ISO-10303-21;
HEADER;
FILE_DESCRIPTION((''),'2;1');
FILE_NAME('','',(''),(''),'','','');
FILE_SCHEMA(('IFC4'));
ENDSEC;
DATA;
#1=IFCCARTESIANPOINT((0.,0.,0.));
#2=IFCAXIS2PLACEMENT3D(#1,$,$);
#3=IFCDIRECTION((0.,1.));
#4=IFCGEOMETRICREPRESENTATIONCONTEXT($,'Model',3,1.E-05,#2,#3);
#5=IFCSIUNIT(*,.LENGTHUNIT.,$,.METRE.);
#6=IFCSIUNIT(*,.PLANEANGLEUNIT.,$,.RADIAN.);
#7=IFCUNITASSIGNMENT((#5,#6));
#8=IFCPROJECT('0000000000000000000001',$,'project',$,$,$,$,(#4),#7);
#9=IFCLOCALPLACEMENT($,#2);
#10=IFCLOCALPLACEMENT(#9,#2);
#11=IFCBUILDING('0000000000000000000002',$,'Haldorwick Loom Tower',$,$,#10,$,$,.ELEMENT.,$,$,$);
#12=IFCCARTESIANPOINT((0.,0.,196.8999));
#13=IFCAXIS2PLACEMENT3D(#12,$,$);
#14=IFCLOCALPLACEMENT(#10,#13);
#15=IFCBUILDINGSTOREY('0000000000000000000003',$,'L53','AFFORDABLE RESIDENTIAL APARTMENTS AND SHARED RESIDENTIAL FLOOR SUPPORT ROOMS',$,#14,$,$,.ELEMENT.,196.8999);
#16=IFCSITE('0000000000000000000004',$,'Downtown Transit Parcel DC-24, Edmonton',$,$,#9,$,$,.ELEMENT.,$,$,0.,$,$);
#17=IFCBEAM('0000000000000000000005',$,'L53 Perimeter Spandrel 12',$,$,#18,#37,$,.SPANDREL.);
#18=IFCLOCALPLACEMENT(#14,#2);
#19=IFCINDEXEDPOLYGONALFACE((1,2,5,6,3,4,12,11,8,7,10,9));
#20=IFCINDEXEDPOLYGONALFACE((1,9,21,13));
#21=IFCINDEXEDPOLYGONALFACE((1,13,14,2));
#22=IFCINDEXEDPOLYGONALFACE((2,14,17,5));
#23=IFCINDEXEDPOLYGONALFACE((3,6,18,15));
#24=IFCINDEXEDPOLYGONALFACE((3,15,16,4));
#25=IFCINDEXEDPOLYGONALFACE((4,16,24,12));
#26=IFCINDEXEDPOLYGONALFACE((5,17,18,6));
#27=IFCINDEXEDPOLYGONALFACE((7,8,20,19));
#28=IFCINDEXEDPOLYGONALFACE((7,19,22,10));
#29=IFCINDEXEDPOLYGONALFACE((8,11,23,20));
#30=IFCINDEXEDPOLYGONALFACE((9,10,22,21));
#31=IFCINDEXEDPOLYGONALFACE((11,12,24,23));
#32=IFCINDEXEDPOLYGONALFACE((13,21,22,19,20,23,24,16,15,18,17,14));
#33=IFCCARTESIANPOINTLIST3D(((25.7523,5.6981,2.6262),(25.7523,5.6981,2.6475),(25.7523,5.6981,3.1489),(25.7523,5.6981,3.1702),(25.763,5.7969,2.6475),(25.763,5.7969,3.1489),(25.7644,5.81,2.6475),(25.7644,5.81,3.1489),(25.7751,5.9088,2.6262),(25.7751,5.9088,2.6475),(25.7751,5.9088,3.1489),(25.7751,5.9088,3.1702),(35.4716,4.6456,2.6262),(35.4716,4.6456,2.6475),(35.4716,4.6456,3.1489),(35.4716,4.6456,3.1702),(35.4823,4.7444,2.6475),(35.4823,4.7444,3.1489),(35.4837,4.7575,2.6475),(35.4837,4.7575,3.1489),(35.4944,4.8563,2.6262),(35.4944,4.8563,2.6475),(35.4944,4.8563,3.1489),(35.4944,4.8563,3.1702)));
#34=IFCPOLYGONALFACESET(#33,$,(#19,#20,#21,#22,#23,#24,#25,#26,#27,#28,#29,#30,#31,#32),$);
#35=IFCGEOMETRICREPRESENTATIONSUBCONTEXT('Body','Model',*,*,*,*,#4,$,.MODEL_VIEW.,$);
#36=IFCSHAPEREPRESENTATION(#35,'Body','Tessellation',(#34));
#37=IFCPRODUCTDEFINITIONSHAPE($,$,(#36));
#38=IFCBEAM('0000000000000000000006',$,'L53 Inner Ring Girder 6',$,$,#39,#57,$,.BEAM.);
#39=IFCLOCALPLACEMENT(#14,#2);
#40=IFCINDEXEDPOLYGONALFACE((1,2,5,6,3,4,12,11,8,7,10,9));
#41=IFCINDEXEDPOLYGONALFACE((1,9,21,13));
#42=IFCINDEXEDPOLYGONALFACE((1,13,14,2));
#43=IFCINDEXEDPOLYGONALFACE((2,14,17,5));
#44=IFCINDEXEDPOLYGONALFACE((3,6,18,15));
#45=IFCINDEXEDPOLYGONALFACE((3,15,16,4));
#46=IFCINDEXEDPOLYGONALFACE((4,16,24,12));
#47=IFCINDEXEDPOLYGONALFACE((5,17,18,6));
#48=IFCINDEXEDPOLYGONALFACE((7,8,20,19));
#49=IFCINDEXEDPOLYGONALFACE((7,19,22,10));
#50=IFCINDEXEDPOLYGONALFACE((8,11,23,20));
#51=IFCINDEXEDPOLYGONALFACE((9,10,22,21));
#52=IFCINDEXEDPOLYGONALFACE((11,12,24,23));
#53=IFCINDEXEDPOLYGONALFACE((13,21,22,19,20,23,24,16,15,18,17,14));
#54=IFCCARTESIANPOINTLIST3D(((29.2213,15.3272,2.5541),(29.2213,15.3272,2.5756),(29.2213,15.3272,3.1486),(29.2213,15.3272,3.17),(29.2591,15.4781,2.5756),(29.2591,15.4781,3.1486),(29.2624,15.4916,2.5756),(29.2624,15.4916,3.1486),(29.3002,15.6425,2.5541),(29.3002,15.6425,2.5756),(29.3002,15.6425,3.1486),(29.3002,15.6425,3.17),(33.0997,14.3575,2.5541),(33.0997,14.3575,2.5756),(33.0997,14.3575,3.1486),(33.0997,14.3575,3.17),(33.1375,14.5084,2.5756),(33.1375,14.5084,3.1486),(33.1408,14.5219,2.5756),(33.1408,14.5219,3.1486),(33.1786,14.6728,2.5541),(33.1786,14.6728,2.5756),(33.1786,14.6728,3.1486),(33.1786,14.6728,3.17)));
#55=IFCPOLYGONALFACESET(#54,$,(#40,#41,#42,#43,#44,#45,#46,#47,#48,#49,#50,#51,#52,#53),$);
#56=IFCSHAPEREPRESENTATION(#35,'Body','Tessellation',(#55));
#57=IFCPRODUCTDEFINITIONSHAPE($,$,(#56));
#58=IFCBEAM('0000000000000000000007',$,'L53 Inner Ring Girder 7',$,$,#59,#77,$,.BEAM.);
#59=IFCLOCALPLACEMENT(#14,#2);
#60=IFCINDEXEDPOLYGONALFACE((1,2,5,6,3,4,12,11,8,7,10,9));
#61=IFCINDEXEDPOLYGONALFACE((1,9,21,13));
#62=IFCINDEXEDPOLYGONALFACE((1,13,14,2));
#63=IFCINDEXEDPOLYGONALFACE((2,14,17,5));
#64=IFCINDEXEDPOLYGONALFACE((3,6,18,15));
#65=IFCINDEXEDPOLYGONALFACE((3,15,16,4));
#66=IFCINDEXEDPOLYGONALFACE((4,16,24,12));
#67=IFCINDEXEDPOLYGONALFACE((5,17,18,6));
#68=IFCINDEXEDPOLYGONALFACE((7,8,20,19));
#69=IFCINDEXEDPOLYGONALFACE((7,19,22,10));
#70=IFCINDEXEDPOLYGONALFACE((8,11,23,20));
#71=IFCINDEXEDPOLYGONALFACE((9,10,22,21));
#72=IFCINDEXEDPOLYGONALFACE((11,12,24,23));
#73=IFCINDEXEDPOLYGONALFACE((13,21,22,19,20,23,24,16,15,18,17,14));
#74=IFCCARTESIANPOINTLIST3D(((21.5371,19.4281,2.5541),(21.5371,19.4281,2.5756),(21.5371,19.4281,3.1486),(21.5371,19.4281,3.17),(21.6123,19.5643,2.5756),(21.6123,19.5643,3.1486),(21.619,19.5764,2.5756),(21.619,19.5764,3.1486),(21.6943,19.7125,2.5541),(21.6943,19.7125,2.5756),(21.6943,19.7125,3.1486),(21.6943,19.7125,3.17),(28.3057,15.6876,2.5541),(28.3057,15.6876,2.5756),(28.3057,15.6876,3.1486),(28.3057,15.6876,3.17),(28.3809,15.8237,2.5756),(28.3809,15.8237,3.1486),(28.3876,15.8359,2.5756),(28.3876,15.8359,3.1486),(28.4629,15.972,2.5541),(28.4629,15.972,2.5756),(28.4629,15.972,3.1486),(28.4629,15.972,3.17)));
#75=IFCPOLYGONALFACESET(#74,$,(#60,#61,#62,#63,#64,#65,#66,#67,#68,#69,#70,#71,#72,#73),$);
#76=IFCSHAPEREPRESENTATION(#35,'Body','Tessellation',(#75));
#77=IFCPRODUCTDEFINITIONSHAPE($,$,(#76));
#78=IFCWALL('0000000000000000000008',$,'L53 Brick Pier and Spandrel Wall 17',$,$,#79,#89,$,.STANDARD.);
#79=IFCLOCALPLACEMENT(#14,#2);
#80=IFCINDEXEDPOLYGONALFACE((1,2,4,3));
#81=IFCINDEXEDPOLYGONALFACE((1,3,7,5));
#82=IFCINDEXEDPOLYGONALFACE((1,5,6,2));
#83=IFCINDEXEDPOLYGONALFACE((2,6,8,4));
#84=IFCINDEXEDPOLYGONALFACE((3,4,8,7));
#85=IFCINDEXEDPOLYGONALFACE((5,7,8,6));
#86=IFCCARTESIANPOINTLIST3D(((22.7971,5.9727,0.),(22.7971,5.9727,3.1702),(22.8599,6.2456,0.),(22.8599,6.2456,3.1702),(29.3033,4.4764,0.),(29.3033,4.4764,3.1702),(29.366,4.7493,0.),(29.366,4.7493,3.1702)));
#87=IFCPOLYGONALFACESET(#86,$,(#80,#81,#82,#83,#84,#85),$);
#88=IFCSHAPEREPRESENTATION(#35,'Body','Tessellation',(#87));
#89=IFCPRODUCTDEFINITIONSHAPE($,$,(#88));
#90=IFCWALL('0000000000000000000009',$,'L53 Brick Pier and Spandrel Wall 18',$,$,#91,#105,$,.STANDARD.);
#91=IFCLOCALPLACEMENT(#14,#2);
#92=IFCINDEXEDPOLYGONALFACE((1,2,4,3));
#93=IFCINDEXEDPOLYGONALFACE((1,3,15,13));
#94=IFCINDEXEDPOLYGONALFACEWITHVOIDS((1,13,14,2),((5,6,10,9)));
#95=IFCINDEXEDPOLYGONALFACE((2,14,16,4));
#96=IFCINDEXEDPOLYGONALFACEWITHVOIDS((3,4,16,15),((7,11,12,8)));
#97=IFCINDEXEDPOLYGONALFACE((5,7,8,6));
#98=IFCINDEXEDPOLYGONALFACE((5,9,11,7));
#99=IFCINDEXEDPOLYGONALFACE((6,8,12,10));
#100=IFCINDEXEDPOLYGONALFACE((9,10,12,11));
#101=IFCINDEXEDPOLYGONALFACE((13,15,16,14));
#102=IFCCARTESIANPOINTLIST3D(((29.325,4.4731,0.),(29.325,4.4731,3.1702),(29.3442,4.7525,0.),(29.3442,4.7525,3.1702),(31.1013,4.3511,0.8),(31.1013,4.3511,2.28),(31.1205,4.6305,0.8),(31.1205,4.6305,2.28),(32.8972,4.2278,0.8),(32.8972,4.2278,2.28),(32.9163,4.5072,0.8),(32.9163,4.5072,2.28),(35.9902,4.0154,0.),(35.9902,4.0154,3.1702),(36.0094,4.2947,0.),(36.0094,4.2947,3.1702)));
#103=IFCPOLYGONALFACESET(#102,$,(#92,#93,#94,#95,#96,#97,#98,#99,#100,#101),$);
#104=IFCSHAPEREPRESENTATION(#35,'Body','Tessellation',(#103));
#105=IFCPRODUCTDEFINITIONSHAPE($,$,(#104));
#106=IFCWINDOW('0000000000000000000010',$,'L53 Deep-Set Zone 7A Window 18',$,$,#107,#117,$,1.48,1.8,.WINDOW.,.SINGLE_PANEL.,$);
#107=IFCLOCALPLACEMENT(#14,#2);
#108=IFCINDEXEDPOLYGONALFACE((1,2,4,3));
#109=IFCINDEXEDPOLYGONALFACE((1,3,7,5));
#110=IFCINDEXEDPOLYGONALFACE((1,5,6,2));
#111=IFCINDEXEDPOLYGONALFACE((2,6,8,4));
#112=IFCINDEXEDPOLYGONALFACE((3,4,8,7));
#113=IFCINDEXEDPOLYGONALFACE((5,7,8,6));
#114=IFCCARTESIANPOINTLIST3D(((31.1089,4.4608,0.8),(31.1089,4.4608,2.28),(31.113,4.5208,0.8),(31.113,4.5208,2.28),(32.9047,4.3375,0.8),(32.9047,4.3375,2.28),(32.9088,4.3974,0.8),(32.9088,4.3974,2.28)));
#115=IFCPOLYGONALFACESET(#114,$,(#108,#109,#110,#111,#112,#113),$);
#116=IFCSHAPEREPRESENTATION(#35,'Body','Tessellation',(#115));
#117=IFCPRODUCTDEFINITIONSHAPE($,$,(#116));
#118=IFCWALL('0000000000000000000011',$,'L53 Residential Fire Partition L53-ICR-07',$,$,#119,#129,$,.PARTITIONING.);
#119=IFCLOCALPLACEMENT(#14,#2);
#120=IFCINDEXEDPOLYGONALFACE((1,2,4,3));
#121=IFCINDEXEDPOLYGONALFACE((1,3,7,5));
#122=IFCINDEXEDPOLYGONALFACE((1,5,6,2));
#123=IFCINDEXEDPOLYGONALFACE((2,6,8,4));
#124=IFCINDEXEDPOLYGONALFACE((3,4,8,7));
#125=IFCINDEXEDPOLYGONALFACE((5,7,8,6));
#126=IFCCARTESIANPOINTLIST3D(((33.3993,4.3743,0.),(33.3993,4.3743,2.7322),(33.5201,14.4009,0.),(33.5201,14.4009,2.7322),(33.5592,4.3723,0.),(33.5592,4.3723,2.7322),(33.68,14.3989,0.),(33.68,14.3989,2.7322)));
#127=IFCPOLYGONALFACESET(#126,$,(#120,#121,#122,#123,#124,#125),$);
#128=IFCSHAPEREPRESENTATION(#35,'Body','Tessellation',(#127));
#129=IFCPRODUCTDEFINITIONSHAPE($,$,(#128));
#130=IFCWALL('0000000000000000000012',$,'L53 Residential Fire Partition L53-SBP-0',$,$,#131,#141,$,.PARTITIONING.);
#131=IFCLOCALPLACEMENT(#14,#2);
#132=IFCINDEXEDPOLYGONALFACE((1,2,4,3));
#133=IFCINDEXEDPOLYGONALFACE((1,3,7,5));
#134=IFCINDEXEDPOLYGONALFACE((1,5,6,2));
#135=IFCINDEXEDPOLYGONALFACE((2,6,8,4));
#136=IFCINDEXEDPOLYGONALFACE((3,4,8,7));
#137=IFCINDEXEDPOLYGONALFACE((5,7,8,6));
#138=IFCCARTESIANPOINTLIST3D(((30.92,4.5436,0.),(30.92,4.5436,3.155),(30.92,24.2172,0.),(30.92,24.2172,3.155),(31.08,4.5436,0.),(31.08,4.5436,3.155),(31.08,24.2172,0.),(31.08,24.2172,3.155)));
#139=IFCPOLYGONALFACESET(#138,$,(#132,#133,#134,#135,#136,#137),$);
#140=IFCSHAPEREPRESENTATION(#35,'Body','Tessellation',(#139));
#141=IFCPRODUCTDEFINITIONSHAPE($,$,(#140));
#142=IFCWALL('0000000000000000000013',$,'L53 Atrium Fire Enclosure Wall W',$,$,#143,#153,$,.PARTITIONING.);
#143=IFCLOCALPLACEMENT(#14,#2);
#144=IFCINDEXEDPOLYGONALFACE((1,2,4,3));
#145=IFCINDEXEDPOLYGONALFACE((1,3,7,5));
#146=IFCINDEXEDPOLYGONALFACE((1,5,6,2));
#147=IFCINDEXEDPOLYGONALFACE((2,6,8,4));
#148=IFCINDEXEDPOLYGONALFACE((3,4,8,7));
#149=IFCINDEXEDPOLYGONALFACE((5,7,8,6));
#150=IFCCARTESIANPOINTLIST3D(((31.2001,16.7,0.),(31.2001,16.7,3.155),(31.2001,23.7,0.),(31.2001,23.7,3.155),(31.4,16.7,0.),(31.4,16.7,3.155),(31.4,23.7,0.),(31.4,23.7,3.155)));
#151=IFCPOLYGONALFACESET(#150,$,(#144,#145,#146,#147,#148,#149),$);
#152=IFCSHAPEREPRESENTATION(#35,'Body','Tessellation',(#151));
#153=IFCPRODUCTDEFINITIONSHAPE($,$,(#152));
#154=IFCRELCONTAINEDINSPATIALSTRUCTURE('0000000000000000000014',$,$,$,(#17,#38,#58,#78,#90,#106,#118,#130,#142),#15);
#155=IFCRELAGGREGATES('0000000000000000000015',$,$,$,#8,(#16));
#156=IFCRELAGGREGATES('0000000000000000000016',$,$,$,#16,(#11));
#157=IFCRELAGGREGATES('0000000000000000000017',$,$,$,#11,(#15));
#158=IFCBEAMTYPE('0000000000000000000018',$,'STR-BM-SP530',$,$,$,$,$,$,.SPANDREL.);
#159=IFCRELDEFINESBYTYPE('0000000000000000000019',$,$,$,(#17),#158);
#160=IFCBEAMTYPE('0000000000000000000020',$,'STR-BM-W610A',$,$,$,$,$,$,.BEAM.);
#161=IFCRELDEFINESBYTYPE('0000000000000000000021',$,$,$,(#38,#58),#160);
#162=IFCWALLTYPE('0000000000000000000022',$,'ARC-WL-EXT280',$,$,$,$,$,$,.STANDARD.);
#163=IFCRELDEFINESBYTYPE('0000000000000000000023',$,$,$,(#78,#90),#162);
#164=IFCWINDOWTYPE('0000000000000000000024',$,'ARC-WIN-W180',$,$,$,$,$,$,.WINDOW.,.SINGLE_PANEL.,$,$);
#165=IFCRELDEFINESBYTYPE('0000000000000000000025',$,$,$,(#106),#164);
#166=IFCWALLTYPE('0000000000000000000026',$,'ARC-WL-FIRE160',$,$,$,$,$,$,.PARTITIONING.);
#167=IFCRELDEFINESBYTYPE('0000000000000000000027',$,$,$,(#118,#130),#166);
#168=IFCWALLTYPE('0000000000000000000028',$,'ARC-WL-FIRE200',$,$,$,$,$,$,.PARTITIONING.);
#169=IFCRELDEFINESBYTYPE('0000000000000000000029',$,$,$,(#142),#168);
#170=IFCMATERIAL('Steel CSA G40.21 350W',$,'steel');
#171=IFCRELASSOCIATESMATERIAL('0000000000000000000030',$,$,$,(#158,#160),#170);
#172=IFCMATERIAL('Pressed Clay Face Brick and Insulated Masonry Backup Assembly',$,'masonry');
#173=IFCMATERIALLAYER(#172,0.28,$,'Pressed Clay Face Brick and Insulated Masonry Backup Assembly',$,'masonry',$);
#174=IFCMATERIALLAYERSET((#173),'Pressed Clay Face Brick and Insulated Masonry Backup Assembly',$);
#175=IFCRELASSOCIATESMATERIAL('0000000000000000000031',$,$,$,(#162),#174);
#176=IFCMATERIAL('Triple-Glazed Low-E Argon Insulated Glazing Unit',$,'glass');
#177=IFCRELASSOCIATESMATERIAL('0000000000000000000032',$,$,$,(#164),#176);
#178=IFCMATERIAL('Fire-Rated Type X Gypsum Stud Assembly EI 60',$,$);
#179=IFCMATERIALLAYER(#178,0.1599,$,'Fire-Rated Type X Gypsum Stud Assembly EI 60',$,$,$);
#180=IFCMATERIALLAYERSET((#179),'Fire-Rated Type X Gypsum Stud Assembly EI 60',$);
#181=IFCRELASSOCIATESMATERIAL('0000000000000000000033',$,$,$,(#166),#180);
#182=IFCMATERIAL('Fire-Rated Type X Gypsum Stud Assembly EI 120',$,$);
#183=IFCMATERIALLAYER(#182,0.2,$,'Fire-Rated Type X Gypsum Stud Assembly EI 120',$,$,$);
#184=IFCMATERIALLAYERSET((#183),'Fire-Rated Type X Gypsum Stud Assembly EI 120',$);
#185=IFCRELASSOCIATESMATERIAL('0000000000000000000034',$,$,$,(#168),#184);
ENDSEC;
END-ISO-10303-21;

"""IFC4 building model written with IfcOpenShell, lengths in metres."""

from ifc_helpers import new_model, si_unit, direction, frame, frame_2d, origin, origin_2d, place, context, subcontext, project, spatial, rectangle, i_section, extrude, material, layer, layer_set, material_profile, profile_set, type_object, element, fill, save


model = new_model("IFC4")

# Units and contexts
model_context = context("Model", 3, precision=1e-05, world=origin(), true_north=direction((0.0, 1.0)))
body_context = subcontext(model_context, "Body", "Model", "MODEL_VIEW")
ifc_project = project(units=[si_unit("LENGTHUNIT", "METRE"), si_unit("PLANEANGLEUNIT", "RADIAN")], contexts=[model_context])

# Site, building, storey
site_placement = place(None, origin())
site = spatial("IfcSite", under=ifc_project, at=site_placement, Name="Downtown Transit Parcel DC-24, Edmonton", CompositionType="ELEMENT", RefElevation=0.0)
building_placement = place(site_placement, origin())
building = spatial("IfcBuilding", under=site, at=building_placement, Name="Haldorwick Loom Tower", CompositionType="ELEMENT")
storey_placement = place(building_placement, frame((0.0, 0.0, 196.8999)))
storey = spatial("IfcBuildingStorey", under=building, at=storey_placement, Name="L53", Description="AFFORDABLE RESIDENTIAL APARTMENTS AND SHARED RESIDENTIAL FLOOR SUPPORT ROOMS", CompositionType="ELEMENT", Elevation=196.8999)

# Beams
ifc_material_1 = material(Name="Steel CSA G40.21 350W", Category="steel")
ifc_material_profile_1 = material_profile(ifc_material_1, i_section(OverallWidth=0.2119, OverallDepth=0.5439, WebThickness=0.0132, FlangeThickness=0.0212, at=origin_2d()), Name="W530X123", Category="steel")
ifc_profile_set_1 = profile_set([ifc_material_profile_1], Name="Steel CSA G40.21 350W")
beam_type_1 = type_object("IfcBeamType", Name="STR-BM-SP530", PredefinedType="SPANDREL", material=ifc_profile_set_1)
beam_1_placement = place(storey_placement, frame((25.7637, 5.8035, 2.8982), z_axis=(0.994188, -0.10766, 0.0), x_axis=(0.10766, 0.994188, 0.0)))
element("IfcBeam", 1, at=beam_1_placement, inside=storey, type_object=beam_type_1, Name="L53 Perimeter Spandrel 12", PredefinedType="SPANDREL", context=body_context, shape_type="SweptSolid", body=[
    extrude(i_section(OverallWidth=0.2119, OverallDepth=0.5439, WebThickness=0.0132, FlangeThickness=0.0212, at=origin_2d()), origin(), (0.0, 0.0, 1.0), 9.7761),
])
ifc_material_profile_2 = material_profile(ifc_material_1, i_section(OverallWidth=0.325, OverallDepth=0.616, WebThickness=0.0139, FlangeThickness=0.0215, at=origin_2d()), Name="W610X174", Category="steel")
ifc_profile_set_2 = profile_set([ifc_material_profile_2], Name="Steel CSA G40.21 350W")
beam_type_2 = type_object("IfcBeamType", Name="STR-BM-W610A", PredefinedType="BEAM", material=ifc_profile_set_2)
beam_2_placement = place(storey_placement, frame((33.1392, 14.5151, 2.8621), z_axis=(-0.970135, 0.242564, 0.0), x_axis=(-0.242564, -0.970135, 0.0)))
element("IfcBeam", 2, at=beam_2_placement, inside=storey, type_object=beam_type_2, Name="L53 Inner Ring Girder 6", PredefinedType="BEAM", context=body_context, shape_type="SweptSolid", body=[
    extrude(i_section(OverallWidth=0.325, OverallDepth=0.616, WebThickness=0.0139, FlangeThickness=0.0215, at=origin_2d()), origin(), (0.0, 0.0, 1.0), 3.9978),
])
beam_3_placement = place(storey_placement, frame((28.3843, 15.8298, 2.8621), z_axis=(-0.875244, 0.483682, 0.0), x_axis=(-0.483682, -0.875244, 0.0)))
element("IfcBeam", 3, at=beam_3_placement, inside=storey, type_object=beam_type_2, Name="L53 Inner Ring Girder 7", PredefinedType="BEAM", context=body_context, shape_type="SweptSolid", body=[
    extrude(i_section(OverallWidth=0.325, OverallDepth=0.616, WebThickness=0.0139, FlangeThickness=0.0215, at=origin_2d()), origin(), (0.0, 0.0, 1.0), 7.7334),
])

# Wall
ifc_material_2 = material(Name="Pressed Clay Face Brick and Insulated Masonry Backup Assembly", Category="masonry")
ifc_layer_1 = layer(ifc_material_2, 0.28, Name="Pressed Clay Face Brick and Insulated Masonry Backup Assembly", Category="masonry")
ifc_layer_set_1 = layer_set([ifc_layer_1], Name="Pressed Clay Face Brick and Insulated Masonry Backup Assembly")
wall_type_1 = type_object("IfcWallType", Name="ARC-WL-EXT280", PredefinedType="STANDARD", material=ifc_layer_set_1)
wall_1_placement = place(storey_placement, frame((22.8286, 6.1091, 0.0), z_axis=(0.0, 0.0, 1.0), x_axis=(0.974557, -0.224138, 0.0)))
element("IfcWall", 4, at=wall_1_placement, inside=storey, type_object=wall_type_1, Name="L53 Brick Pier and Spandrel Wall 17", PredefinedType="STANDARD", context=body_context, shape_type="SweptSolid", body=[
    extrude(rectangle(XDim=6.676, YDim=0.28, at=frame_2d((3.3379, 0.0))), origin(), (0.0, 0.0, 1.0), 3.1702),
])

# Wall, opening, window
wall_2_placement = place(storey_placement, frame((29.3347, 4.6128, 0.0), z_axis=(0.0, 0.0, 1.0), x_axis=(0.99765, -0.068517, 0.0)))
wall_2 = element("IfcWall", 5, at=wall_2_placement, inside=storey, type_object=wall_type_1, Name="L53 Brick Pier and Spandrel Wall 18", PredefinedType="STANDARD", context=body_context, shape_type="SweptSolid", body=[
    extrude(rectangle(XDim=6.6809, YDim=0.28, at=frame_2d((3.3403, 0.0))), origin(), (0.0, 0.0, 1.0), 3.1702),
])
opening_placement = place(wall_2_placement, frame((1.7805, 0.0, 0.8)))
opening = element("IfcOpeningElement", 6, at=opening_placement, cuts=wall_2, PredefinedType="OPENING", context=body_context, shape_type="SweptSolid", body=[
    extrude(rectangle(XDim=1.8, YDim=1.48, at=frame_2d((0.8999, 0.74))), frame((0.0, 0.1499, 0.0), z_axis=(0.0, -1.0, 0.0), x_axis=(1.0, 0.0, 0.0)), (0.0, 0.0, 1.0), 0.3),
])
ifc_material_3 = material(Name="Triple-Glazed Low-E Argon Insulated Glazing Unit", Category="glass")
window_type = type_object("IfcWindowType", Name="ARC-WIN-W180", PartitioningType="SINGLE_PANEL", PredefinedType="WINDOW", material=ifc_material_3)
window_placement = place(opening_placement, origin())
window = element("IfcWindow", 7, at=window_placement, inside=storey, type_object=window_type, Name="L53 Deep-Set Zone 7A Window 18", OverallHeight=1.48, OverallWidth=1.8, PartitioningType="SINGLE_PANEL", PredefinedType="WINDOW", context=body_context, shape_type="SweptSolid", body=[
    extrude(rectangle(XDim=1.8, YDim=1.48, at=frame_2d((0.8999, 0.74))), frame((0.0, 0.03, 0.0), z_axis=(0.0, -1.0, 0.0), x_axis=(1.0, 0.0, 0.0)), (0.0, 0.0, 1.0), 0.0601),
])
fill(opening, window)

# Walls
ifc_material_4 = material(Name="Fire-Rated Type X Gypsum Stud Assembly EI 60")
ifc_layer_2 = layer(ifc_material_4, 0.1599, Name="Fire-Rated Type X Gypsum Stud Assembly EI 60")
ifc_layer_set_2 = layer_set([ifc_layer_2], Name="Fire-Rated Type X Gypsum Stud Assembly EI 60")
wall_type_2 = type_object("IfcWallType", Name="ARC-WL-FIRE160", PredefinedType="PARTITIONING", material=ifc_layer_set_2)
wall_3_placement = place(storey_placement, frame((33.6001, 14.3999, 0.0), z_axis=(0.0, 0.0, 1.0), x_axis=(-0.012052, -0.999927, 0.0)))
element("IfcWall", 8, at=wall_3_placement, inside=storey, type_object=wall_type_2, Name="L53 Residential Fire Partition L53-ICR-07", PredefinedType="PARTITIONING", context=body_context, shape_type="SweptSolid", body=[
    extrude(rectangle(XDim=10.0273, YDim=0.1599, at=frame_2d((5.0137, 0.0))), origin(), (0.0, 0.0, 1.0), 2.7322),
])
wall_4_placement = place(storey_placement, frame((31.0, 4.5435, 0.0), z_axis=(0.0, 0.0, 1.0), x_axis=(0.0, 1.0, 0.0)))
element("IfcWall", 9, at=wall_4_placement, inside=storey, type_object=wall_type_2, Name="L53 Residential Fire Partition L53-SBP-0", PredefinedType="PARTITIONING", context=body_context, shape_type="SweptSolid", body=[
    extrude(rectangle(XDim=19.6736, YDim=0.1599, at=frame_2d((9.8369, 0.0))), origin(), (0.0, 0.0, 1.0), 3.155),
])
ifc_material_5 = material(Name="Fire-Rated Type X Gypsum Stud Assembly EI 120")
ifc_layer_3 = layer(ifc_material_5, 0.2, Name="Fire-Rated Type X Gypsum Stud Assembly EI 120")
ifc_layer_set_3 = layer_set([ifc_layer_3], Name="Fire-Rated Type X Gypsum Stud Assembly EI 120")
wall_type_3 = type_object("IfcWallType", Name="ARC-WL-FIRE200", PredefinedType="PARTITIONING", material=ifc_layer_set_3)
wall_5_placement = place(storey_placement, frame((31.3, 16.7, 0.0), z_axis=(0.0, 0.0, 1.0), x_axis=(0.0, 1.0, 0.0)))
element("IfcWall", 10, at=wall_5_placement, inside=storey, type_object=wall_type_3, Name="L53 Atrium Fire Enclosure Wall W", PredefinedType="PARTITIONING", context=body_context, shape_type="SweptSolid", body=[
    extrude(rectangle(XDim=7.0, YDim=0.2, at=frame_2d((3.5, 0.0))), origin(), (0.0, 0.0, 1.0), 3.155),
])

save(model, "model.ifc")
